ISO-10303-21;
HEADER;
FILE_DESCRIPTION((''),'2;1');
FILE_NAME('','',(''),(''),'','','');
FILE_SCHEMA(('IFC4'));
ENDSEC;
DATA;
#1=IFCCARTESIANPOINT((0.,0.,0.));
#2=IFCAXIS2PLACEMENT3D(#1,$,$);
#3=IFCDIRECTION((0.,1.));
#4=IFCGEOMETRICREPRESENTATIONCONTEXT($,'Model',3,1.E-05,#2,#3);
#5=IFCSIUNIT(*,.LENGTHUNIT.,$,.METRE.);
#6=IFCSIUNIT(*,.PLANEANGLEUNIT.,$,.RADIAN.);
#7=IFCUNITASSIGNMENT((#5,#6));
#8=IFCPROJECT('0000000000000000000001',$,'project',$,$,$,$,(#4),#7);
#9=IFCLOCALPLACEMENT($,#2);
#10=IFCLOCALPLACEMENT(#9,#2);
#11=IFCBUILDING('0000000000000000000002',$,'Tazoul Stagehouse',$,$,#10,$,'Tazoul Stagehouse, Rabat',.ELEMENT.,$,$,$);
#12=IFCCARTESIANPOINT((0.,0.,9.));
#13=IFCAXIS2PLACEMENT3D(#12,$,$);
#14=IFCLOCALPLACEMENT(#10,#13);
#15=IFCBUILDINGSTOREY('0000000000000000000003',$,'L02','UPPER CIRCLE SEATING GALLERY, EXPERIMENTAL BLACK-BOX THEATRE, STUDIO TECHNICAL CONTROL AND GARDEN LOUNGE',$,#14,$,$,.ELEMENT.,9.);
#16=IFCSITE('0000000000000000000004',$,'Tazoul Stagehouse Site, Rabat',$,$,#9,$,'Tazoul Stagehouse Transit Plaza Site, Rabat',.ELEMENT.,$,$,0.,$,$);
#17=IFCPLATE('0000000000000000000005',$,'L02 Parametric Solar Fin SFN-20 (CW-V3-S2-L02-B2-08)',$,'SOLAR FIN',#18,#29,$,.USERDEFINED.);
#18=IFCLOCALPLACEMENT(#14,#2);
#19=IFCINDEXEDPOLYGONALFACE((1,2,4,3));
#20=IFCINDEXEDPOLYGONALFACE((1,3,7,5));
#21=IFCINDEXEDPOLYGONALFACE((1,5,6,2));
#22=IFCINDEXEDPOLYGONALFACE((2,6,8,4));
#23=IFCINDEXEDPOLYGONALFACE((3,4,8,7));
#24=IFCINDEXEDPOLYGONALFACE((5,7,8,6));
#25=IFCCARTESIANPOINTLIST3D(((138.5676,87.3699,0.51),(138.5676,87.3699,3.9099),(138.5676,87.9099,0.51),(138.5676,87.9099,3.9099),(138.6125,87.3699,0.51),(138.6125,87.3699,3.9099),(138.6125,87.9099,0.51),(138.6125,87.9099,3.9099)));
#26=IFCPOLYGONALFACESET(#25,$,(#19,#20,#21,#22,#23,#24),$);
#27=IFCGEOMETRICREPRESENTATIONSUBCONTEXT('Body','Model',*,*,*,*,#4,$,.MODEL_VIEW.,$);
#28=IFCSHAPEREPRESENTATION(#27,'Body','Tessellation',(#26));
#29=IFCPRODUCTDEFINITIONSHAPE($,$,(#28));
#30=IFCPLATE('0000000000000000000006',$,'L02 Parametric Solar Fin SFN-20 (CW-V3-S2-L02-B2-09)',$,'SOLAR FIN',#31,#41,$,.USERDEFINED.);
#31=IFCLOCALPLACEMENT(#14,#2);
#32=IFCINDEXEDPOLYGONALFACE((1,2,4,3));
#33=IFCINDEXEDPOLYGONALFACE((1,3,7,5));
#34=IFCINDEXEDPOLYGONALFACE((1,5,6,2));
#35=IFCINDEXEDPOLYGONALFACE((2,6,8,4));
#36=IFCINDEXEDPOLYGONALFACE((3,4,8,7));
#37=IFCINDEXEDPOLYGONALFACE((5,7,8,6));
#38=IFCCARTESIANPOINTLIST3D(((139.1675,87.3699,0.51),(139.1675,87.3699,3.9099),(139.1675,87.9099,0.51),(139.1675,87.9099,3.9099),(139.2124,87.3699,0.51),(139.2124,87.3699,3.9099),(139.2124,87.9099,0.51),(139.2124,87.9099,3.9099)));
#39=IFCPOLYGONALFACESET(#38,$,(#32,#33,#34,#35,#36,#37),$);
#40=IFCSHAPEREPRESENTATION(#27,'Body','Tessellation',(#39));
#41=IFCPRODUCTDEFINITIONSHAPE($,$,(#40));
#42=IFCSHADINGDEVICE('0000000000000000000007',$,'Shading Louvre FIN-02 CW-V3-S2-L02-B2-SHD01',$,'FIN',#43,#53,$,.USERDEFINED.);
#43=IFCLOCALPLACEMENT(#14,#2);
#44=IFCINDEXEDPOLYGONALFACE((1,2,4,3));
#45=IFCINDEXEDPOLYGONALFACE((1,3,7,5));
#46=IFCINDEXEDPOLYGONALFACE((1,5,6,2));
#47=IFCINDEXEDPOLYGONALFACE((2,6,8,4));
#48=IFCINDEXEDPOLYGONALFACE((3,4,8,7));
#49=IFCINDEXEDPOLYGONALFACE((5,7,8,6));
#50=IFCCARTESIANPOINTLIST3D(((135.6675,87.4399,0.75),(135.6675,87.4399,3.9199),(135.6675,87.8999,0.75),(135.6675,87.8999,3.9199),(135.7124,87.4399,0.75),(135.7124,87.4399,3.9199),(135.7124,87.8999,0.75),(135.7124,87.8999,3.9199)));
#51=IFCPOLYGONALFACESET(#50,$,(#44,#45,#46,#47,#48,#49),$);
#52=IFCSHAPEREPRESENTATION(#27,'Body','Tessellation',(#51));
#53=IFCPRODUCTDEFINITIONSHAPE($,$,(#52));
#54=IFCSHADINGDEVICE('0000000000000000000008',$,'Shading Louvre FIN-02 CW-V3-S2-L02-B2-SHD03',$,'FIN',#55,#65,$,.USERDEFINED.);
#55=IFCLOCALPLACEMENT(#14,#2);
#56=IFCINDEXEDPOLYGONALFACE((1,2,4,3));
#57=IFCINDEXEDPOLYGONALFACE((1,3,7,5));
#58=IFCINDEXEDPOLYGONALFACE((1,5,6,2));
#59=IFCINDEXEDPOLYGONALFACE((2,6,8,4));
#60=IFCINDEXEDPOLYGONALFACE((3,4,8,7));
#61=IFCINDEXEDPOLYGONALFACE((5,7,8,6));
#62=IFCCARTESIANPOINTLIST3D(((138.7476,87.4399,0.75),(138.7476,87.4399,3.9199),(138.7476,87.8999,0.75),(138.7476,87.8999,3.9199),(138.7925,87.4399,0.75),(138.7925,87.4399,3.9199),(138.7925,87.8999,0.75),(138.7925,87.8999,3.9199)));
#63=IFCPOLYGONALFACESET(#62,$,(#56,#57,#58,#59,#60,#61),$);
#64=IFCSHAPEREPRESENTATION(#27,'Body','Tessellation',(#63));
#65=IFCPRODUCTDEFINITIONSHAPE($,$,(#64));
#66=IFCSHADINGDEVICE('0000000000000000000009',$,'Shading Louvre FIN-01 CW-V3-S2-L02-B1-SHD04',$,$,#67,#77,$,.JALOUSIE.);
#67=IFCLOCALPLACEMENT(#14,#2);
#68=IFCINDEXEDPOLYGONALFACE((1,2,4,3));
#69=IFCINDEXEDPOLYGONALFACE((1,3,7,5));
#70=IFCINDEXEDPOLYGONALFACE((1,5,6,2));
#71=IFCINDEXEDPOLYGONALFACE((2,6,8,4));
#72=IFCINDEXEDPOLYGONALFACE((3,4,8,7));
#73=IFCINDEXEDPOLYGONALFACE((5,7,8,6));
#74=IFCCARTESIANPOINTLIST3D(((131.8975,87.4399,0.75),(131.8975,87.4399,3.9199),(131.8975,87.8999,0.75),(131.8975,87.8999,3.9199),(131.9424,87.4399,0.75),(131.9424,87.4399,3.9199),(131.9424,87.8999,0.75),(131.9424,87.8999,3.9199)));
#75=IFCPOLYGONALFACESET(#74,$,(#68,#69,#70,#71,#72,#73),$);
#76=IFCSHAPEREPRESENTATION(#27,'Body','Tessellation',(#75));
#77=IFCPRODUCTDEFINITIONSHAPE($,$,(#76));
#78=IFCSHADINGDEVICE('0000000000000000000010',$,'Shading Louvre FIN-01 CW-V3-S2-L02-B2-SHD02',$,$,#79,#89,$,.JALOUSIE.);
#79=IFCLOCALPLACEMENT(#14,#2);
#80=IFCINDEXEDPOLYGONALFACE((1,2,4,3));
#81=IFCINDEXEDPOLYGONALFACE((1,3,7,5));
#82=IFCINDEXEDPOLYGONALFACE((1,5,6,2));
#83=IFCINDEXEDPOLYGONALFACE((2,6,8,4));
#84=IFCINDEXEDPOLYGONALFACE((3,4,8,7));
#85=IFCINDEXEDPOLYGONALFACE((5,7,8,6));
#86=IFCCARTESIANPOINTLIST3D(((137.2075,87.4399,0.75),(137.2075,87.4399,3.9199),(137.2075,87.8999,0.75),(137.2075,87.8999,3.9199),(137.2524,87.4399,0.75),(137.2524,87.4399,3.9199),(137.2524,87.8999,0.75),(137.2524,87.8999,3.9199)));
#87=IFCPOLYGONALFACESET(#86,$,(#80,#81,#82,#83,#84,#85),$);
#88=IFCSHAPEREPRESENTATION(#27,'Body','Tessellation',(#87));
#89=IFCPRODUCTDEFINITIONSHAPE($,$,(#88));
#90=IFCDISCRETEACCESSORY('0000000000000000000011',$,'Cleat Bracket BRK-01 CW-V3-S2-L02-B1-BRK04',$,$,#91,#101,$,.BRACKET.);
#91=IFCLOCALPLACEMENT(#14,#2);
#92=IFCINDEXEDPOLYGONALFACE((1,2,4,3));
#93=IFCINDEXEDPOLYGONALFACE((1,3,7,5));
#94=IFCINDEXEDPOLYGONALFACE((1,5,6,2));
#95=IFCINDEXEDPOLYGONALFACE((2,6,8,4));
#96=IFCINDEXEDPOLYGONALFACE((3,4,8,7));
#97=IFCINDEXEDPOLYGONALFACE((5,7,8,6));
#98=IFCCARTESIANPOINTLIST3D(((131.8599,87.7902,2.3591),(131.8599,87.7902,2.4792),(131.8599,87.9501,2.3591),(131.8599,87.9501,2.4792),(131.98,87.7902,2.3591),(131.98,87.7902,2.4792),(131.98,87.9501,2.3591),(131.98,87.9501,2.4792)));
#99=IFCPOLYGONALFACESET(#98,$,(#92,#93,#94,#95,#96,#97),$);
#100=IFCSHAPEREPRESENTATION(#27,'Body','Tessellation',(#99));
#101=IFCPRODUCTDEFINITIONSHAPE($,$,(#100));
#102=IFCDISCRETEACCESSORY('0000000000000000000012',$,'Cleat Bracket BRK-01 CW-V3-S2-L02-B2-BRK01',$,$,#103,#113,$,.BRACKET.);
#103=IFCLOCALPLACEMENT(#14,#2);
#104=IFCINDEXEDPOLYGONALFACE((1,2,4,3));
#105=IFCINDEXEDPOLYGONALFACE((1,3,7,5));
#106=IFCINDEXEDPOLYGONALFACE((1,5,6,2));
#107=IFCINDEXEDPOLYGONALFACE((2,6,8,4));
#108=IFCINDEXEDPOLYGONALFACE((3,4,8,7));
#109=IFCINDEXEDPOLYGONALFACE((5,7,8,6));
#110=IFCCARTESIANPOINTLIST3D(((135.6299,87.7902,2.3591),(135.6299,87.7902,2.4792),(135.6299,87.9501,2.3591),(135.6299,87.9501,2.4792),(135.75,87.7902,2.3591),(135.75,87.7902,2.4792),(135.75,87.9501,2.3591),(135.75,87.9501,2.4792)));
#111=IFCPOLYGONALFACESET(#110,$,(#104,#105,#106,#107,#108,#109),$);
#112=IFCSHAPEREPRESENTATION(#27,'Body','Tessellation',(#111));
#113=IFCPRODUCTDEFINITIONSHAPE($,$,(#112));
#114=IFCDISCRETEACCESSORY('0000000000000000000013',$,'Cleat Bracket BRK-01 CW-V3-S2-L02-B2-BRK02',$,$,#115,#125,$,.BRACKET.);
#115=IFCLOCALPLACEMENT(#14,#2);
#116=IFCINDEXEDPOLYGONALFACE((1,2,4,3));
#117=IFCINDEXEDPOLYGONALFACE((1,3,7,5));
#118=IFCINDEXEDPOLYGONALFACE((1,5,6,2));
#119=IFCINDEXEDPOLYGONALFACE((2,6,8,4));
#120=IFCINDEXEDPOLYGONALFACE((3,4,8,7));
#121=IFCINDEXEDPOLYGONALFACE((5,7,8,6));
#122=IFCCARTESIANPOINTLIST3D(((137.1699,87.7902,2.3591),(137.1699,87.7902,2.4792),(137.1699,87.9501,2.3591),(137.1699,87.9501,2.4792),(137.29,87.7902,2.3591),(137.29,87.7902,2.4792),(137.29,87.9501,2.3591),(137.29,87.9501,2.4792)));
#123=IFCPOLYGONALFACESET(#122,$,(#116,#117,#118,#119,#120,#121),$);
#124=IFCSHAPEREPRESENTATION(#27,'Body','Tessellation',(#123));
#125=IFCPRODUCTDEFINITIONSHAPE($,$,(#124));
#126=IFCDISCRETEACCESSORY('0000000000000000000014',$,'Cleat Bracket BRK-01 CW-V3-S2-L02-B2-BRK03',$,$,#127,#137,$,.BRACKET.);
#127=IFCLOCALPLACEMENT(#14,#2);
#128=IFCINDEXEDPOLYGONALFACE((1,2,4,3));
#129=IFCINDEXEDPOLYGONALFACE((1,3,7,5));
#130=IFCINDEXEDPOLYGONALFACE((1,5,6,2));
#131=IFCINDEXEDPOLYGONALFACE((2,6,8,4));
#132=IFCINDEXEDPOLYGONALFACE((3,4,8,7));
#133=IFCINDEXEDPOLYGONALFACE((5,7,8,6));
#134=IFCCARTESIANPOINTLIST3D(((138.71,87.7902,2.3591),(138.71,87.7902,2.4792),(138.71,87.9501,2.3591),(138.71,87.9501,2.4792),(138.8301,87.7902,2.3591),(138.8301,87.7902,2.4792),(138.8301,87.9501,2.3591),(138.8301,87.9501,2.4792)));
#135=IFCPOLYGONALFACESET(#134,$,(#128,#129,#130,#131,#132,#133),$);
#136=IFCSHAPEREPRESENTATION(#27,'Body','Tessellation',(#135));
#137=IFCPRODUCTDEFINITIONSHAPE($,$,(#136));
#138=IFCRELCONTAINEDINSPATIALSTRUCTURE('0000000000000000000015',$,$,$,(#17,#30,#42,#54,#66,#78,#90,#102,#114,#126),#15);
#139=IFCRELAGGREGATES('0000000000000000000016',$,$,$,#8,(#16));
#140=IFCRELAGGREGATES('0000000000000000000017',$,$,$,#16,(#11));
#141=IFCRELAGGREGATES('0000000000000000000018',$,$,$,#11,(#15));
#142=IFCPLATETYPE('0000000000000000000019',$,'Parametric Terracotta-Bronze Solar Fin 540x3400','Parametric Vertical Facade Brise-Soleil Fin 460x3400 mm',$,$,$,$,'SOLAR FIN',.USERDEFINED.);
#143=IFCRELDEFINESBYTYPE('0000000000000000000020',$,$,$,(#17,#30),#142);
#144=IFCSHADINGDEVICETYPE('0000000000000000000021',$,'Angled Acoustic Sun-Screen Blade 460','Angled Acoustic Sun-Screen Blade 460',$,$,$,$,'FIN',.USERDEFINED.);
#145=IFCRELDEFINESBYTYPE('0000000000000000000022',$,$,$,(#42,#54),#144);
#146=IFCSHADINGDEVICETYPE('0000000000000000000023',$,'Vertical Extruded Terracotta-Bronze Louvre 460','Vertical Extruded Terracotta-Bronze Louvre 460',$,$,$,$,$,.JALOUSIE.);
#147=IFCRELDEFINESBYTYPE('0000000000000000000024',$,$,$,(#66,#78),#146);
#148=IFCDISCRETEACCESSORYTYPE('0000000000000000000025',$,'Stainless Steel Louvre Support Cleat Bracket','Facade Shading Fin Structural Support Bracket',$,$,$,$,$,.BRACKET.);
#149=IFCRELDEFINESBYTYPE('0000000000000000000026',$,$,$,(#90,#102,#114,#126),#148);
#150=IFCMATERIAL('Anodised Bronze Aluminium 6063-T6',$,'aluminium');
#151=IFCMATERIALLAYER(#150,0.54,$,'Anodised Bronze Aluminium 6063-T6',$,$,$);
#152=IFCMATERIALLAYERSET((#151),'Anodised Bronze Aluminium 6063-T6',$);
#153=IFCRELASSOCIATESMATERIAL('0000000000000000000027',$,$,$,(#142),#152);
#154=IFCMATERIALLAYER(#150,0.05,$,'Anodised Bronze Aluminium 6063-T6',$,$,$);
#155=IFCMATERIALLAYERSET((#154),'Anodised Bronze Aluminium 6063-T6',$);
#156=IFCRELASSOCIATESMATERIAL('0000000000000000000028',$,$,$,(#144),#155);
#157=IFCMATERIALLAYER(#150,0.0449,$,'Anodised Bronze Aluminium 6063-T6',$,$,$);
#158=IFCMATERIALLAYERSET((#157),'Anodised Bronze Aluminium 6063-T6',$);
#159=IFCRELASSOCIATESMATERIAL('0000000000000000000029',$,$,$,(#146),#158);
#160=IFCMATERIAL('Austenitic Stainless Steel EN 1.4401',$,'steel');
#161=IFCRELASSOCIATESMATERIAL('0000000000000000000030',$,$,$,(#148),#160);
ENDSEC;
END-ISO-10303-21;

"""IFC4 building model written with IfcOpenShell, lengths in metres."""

from ifc_helpers import new_model, si_unit, direction, frame, origin, origin_2d, place, context, subcontext, project, spatial, rectangle, extrude, material, layer, layer_set, type_object, element, save


model = new_model("IFC4")

# Units and contexts
model_context = context("Model", 3, precision=1e-05, world=origin(), true_north=direction((0.0, 1.0)))
body_context = subcontext(model_context, "Body", "Model", "MODEL_VIEW")
ifc_project = project(units=[si_unit("LENGTHUNIT", "METRE"), si_unit("PLANEANGLEUNIT", "RADIAN")], contexts=[model_context])

# Site, building, storey
site_placement = place(None, origin())
site = spatial("IfcSite", under=ifc_project, at=site_placement, Name="Tazoul Stagehouse Site, Rabat", LongName="Tazoul Stagehouse Transit Plaza Site, Rabat", CompositionType="ELEMENT", RefElevation=0.0)
building_placement = place(site_placement, origin())
building = spatial("IfcBuilding", under=site, at=building_placement, Name="Tazoul Stagehouse", LongName="Tazoul Stagehouse, Rabat", CompositionType="ELEMENT")
storey_placement = place(building_placement, frame((0.0, 0.0, 9.0)))
storey = spatial("IfcBuildingStorey", under=building, at=storey_placement, Name="L02", Description="UPPER CIRCLE SEATING GALLERY, EXPERIMENTAL BLACK-BOX THEATRE, STUDIO TECHNICAL CONTROL AND GARDEN LOUNGE", CompositionType="ELEMENT", Elevation=9.0)

# Plates
ifc_material_1 = material(Name="Anodised Bronze Aluminium 6063-T6", Category="aluminium")
ifc_layer_1 = layer(ifc_material_1, 0.54, Name="Anodised Bronze Aluminium 6063-T6")
ifc_layer_set_1 = layer_set([ifc_layer_1], Name="Anodised Bronze Aluminium 6063-T6")
plate_type_1 = type_object("IfcPlateType", Name="Parametric Terracotta-Bronze Solar Fin 540x3400", Description="Parametric Vertical Facade Brise-Soleil Fin 460x3400 mm", ElementType="SOLAR FIN", PredefinedType="USERDEFINED", material=ifc_layer_set_1)
for number, where, z_axis, x_axis, name in (
    (1, (138.5901, 87.6399, 0.51), (0.0, 0.0, 1.0), (1.0, 0.0, 0.0), "L02 Parametric Solar Fin SFN-20 (CW-V3-S2-L02-B2-08)"),
    (2, (139.1899, 87.6399, 0.51), (0.0, 0.0, 1.0), (1.0, 0.0, 0.0), "L02 Parametric Solar Fin SFN-20 (CW-V3-S2-L02-B2-09)"),
):
    element("IfcPlate", number, at=place(storey_placement, frame(where, z_axis=z_axis, x_axis=x_axis)), inside=storey, type_object=plate_type_1, Name=name, ObjectType="SOLAR FIN", PredefinedType="USERDEFINED", context=body_context, shape_type="SweptSolid", body=[
        extrude(rectangle(XDim=0.0449, YDim=0.54, at=origin_2d()), origin(), (0.0, 0.0, 1.0), 3.3999),
    ])

# Shading devices
ifc_layer_2 = layer(ifc_material_1, 0.05, Name="Anodised Bronze Aluminium 6063-T6")
ifc_layer_set_2 = layer_set([ifc_layer_2], Name="Anodised Bronze Aluminium 6063-T6")
shading_device_type_1 = type_object("IfcShadingDeviceType", Name="Angled Acoustic Sun-Screen Blade 460", Description="Angled Acoustic Sun-Screen Blade 460", ElementType="FIN", PredefinedType="USERDEFINED", material=ifc_layer_set_2)
for number, where, z_axis, x_axis, name in (
    (3, (135.6899, 87.6699, 0.75), (0.0, 0.0, 1.0), (1.0, 0.0, 0.0), "Shading Louvre FIN-02 CW-V3-S2-L02-B2-SHD01"),
    (4, (138.77, 87.6699, 0.75), (0.0, 0.0, 1.0), (1.0, 0.0, 0.0), "Shading Louvre FIN-02 CW-V3-S2-L02-B2-SHD03"),
):
    element("IfcShadingDevice", number, at=place(storey_placement, frame(where, z_axis=z_axis, x_axis=x_axis)), inside=storey, type_object=shading_device_type_1, Name=name, ObjectType="FIN", PredefinedType="USERDEFINED", context=body_context, shape_type="SweptSolid", body=[
        extrude(rectangle(XDim=0.0449, YDim=0.46, at=origin_2d()), origin(), (0.0, 0.0, 1.0), 3.1699),
    ])
ifc_layer_3 = layer(ifc_material_1, 0.0449, Name="Anodised Bronze Aluminium 6063-T6")
ifc_layer_set_3 = layer_set([ifc_layer_3], Name="Anodised Bronze Aluminium 6063-T6")
shading_device_type_2 = type_object("IfcShadingDeviceType", Name="Vertical Extruded Terracotta-Bronze Louvre 460", Description="Vertical Extruded Terracotta-Bronze Louvre 460", PredefinedType="JALOUSIE", material=ifc_layer_set_3)
for number, where, z_axis, x_axis, name in (
    (5, (131.9199, 87.6699, 0.75), (0.0, 0.0, 1.0), (1.0, 0.0, 0.0), "Shading Louvre FIN-01 CW-V3-S2-L02-B1-SHD04"),
    (6, (137.23, 87.6699, 0.75), (0.0, 0.0, 1.0), (1.0, 0.0, 0.0), "Shading Louvre FIN-01 CW-V3-S2-L02-B2-SHD02"),
):
    element("IfcShadingDevice", number, at=place(storey_placement, frame(where, z_axis=z_axis, x_axis=x_axis)), inside=storey, type_object=shading_device_type_2, Name=name, PredefinedType="JALOUSIE", context=body_context, shape_type="SweptSolid", body=[
        extrude(rectangle(XDim=0.0449, YDim=0.46, at=origin_2d()), origin(), (0.0, 0.0, 1.0), 3.1699),
    ])

# Discrete accessories
ifc_material_2 = material(Name="Austenitic Stainless Steel EN 1.4401", Category="steel")
discrete_accessory_type = type_object("IfcDiscreteAccessoryType", Name="Stainless Steel Louvre Support Cleat Bracket", Description="Facade Shading Fin Structural Support Bracket", PredefinedType="BRACKET", material=ifc_material_2)
for number, where, z_axis, x_axis, name in (
    (7, (131.9199, 87.8701, 2.3591), (0.0, 0.0, 1.0), (1.0, 0.0, 0.0), "Cleat Bracket BRK-01 CW-V3-S2-L02-B1-BRK04"),
    (8, (135.6899, 87.8701, 2.3591), (0.0, 0.0, 1.0), (1.0, 0.0, 0.0), "Cleat Bracket BRK-01 CW-V3-S2-L02-B2-BRK01"),
    (9, (137.23, 87.8701, 2.3591), (0.0, 0.0, 1.0), (1.0, 0.0, 0.0), "Cleat Bracket BRK-01 CW-V3-S2-L02-B2-BRK02"),
    (10, (138.77, 87.8701, 2.3591), (0.0, 0.0, 1.0), (1.0, 0.0, 0.0), "Cleat Bracket BRK-01 CW-V3-S2-L02-B2-BRK03"),
):
    element("IfcDiscreteAccessory", number, at=place(storey_placement, frame(where, z_axis=z_axis, x_axis=x_axis)), inside=storey, type_object=discrete_accessory_type, Name=name, PredefinedType="BRACKET", context=body_context, shape_type="SweptSolid", body=[
        extrude(rectangle(XDim=0.1201, YDim=0.1599, at=origin_2d()), origin(), (0.0, 0.0, 1.0), 0.1201),
    ])

save(model, "model.ifc")
